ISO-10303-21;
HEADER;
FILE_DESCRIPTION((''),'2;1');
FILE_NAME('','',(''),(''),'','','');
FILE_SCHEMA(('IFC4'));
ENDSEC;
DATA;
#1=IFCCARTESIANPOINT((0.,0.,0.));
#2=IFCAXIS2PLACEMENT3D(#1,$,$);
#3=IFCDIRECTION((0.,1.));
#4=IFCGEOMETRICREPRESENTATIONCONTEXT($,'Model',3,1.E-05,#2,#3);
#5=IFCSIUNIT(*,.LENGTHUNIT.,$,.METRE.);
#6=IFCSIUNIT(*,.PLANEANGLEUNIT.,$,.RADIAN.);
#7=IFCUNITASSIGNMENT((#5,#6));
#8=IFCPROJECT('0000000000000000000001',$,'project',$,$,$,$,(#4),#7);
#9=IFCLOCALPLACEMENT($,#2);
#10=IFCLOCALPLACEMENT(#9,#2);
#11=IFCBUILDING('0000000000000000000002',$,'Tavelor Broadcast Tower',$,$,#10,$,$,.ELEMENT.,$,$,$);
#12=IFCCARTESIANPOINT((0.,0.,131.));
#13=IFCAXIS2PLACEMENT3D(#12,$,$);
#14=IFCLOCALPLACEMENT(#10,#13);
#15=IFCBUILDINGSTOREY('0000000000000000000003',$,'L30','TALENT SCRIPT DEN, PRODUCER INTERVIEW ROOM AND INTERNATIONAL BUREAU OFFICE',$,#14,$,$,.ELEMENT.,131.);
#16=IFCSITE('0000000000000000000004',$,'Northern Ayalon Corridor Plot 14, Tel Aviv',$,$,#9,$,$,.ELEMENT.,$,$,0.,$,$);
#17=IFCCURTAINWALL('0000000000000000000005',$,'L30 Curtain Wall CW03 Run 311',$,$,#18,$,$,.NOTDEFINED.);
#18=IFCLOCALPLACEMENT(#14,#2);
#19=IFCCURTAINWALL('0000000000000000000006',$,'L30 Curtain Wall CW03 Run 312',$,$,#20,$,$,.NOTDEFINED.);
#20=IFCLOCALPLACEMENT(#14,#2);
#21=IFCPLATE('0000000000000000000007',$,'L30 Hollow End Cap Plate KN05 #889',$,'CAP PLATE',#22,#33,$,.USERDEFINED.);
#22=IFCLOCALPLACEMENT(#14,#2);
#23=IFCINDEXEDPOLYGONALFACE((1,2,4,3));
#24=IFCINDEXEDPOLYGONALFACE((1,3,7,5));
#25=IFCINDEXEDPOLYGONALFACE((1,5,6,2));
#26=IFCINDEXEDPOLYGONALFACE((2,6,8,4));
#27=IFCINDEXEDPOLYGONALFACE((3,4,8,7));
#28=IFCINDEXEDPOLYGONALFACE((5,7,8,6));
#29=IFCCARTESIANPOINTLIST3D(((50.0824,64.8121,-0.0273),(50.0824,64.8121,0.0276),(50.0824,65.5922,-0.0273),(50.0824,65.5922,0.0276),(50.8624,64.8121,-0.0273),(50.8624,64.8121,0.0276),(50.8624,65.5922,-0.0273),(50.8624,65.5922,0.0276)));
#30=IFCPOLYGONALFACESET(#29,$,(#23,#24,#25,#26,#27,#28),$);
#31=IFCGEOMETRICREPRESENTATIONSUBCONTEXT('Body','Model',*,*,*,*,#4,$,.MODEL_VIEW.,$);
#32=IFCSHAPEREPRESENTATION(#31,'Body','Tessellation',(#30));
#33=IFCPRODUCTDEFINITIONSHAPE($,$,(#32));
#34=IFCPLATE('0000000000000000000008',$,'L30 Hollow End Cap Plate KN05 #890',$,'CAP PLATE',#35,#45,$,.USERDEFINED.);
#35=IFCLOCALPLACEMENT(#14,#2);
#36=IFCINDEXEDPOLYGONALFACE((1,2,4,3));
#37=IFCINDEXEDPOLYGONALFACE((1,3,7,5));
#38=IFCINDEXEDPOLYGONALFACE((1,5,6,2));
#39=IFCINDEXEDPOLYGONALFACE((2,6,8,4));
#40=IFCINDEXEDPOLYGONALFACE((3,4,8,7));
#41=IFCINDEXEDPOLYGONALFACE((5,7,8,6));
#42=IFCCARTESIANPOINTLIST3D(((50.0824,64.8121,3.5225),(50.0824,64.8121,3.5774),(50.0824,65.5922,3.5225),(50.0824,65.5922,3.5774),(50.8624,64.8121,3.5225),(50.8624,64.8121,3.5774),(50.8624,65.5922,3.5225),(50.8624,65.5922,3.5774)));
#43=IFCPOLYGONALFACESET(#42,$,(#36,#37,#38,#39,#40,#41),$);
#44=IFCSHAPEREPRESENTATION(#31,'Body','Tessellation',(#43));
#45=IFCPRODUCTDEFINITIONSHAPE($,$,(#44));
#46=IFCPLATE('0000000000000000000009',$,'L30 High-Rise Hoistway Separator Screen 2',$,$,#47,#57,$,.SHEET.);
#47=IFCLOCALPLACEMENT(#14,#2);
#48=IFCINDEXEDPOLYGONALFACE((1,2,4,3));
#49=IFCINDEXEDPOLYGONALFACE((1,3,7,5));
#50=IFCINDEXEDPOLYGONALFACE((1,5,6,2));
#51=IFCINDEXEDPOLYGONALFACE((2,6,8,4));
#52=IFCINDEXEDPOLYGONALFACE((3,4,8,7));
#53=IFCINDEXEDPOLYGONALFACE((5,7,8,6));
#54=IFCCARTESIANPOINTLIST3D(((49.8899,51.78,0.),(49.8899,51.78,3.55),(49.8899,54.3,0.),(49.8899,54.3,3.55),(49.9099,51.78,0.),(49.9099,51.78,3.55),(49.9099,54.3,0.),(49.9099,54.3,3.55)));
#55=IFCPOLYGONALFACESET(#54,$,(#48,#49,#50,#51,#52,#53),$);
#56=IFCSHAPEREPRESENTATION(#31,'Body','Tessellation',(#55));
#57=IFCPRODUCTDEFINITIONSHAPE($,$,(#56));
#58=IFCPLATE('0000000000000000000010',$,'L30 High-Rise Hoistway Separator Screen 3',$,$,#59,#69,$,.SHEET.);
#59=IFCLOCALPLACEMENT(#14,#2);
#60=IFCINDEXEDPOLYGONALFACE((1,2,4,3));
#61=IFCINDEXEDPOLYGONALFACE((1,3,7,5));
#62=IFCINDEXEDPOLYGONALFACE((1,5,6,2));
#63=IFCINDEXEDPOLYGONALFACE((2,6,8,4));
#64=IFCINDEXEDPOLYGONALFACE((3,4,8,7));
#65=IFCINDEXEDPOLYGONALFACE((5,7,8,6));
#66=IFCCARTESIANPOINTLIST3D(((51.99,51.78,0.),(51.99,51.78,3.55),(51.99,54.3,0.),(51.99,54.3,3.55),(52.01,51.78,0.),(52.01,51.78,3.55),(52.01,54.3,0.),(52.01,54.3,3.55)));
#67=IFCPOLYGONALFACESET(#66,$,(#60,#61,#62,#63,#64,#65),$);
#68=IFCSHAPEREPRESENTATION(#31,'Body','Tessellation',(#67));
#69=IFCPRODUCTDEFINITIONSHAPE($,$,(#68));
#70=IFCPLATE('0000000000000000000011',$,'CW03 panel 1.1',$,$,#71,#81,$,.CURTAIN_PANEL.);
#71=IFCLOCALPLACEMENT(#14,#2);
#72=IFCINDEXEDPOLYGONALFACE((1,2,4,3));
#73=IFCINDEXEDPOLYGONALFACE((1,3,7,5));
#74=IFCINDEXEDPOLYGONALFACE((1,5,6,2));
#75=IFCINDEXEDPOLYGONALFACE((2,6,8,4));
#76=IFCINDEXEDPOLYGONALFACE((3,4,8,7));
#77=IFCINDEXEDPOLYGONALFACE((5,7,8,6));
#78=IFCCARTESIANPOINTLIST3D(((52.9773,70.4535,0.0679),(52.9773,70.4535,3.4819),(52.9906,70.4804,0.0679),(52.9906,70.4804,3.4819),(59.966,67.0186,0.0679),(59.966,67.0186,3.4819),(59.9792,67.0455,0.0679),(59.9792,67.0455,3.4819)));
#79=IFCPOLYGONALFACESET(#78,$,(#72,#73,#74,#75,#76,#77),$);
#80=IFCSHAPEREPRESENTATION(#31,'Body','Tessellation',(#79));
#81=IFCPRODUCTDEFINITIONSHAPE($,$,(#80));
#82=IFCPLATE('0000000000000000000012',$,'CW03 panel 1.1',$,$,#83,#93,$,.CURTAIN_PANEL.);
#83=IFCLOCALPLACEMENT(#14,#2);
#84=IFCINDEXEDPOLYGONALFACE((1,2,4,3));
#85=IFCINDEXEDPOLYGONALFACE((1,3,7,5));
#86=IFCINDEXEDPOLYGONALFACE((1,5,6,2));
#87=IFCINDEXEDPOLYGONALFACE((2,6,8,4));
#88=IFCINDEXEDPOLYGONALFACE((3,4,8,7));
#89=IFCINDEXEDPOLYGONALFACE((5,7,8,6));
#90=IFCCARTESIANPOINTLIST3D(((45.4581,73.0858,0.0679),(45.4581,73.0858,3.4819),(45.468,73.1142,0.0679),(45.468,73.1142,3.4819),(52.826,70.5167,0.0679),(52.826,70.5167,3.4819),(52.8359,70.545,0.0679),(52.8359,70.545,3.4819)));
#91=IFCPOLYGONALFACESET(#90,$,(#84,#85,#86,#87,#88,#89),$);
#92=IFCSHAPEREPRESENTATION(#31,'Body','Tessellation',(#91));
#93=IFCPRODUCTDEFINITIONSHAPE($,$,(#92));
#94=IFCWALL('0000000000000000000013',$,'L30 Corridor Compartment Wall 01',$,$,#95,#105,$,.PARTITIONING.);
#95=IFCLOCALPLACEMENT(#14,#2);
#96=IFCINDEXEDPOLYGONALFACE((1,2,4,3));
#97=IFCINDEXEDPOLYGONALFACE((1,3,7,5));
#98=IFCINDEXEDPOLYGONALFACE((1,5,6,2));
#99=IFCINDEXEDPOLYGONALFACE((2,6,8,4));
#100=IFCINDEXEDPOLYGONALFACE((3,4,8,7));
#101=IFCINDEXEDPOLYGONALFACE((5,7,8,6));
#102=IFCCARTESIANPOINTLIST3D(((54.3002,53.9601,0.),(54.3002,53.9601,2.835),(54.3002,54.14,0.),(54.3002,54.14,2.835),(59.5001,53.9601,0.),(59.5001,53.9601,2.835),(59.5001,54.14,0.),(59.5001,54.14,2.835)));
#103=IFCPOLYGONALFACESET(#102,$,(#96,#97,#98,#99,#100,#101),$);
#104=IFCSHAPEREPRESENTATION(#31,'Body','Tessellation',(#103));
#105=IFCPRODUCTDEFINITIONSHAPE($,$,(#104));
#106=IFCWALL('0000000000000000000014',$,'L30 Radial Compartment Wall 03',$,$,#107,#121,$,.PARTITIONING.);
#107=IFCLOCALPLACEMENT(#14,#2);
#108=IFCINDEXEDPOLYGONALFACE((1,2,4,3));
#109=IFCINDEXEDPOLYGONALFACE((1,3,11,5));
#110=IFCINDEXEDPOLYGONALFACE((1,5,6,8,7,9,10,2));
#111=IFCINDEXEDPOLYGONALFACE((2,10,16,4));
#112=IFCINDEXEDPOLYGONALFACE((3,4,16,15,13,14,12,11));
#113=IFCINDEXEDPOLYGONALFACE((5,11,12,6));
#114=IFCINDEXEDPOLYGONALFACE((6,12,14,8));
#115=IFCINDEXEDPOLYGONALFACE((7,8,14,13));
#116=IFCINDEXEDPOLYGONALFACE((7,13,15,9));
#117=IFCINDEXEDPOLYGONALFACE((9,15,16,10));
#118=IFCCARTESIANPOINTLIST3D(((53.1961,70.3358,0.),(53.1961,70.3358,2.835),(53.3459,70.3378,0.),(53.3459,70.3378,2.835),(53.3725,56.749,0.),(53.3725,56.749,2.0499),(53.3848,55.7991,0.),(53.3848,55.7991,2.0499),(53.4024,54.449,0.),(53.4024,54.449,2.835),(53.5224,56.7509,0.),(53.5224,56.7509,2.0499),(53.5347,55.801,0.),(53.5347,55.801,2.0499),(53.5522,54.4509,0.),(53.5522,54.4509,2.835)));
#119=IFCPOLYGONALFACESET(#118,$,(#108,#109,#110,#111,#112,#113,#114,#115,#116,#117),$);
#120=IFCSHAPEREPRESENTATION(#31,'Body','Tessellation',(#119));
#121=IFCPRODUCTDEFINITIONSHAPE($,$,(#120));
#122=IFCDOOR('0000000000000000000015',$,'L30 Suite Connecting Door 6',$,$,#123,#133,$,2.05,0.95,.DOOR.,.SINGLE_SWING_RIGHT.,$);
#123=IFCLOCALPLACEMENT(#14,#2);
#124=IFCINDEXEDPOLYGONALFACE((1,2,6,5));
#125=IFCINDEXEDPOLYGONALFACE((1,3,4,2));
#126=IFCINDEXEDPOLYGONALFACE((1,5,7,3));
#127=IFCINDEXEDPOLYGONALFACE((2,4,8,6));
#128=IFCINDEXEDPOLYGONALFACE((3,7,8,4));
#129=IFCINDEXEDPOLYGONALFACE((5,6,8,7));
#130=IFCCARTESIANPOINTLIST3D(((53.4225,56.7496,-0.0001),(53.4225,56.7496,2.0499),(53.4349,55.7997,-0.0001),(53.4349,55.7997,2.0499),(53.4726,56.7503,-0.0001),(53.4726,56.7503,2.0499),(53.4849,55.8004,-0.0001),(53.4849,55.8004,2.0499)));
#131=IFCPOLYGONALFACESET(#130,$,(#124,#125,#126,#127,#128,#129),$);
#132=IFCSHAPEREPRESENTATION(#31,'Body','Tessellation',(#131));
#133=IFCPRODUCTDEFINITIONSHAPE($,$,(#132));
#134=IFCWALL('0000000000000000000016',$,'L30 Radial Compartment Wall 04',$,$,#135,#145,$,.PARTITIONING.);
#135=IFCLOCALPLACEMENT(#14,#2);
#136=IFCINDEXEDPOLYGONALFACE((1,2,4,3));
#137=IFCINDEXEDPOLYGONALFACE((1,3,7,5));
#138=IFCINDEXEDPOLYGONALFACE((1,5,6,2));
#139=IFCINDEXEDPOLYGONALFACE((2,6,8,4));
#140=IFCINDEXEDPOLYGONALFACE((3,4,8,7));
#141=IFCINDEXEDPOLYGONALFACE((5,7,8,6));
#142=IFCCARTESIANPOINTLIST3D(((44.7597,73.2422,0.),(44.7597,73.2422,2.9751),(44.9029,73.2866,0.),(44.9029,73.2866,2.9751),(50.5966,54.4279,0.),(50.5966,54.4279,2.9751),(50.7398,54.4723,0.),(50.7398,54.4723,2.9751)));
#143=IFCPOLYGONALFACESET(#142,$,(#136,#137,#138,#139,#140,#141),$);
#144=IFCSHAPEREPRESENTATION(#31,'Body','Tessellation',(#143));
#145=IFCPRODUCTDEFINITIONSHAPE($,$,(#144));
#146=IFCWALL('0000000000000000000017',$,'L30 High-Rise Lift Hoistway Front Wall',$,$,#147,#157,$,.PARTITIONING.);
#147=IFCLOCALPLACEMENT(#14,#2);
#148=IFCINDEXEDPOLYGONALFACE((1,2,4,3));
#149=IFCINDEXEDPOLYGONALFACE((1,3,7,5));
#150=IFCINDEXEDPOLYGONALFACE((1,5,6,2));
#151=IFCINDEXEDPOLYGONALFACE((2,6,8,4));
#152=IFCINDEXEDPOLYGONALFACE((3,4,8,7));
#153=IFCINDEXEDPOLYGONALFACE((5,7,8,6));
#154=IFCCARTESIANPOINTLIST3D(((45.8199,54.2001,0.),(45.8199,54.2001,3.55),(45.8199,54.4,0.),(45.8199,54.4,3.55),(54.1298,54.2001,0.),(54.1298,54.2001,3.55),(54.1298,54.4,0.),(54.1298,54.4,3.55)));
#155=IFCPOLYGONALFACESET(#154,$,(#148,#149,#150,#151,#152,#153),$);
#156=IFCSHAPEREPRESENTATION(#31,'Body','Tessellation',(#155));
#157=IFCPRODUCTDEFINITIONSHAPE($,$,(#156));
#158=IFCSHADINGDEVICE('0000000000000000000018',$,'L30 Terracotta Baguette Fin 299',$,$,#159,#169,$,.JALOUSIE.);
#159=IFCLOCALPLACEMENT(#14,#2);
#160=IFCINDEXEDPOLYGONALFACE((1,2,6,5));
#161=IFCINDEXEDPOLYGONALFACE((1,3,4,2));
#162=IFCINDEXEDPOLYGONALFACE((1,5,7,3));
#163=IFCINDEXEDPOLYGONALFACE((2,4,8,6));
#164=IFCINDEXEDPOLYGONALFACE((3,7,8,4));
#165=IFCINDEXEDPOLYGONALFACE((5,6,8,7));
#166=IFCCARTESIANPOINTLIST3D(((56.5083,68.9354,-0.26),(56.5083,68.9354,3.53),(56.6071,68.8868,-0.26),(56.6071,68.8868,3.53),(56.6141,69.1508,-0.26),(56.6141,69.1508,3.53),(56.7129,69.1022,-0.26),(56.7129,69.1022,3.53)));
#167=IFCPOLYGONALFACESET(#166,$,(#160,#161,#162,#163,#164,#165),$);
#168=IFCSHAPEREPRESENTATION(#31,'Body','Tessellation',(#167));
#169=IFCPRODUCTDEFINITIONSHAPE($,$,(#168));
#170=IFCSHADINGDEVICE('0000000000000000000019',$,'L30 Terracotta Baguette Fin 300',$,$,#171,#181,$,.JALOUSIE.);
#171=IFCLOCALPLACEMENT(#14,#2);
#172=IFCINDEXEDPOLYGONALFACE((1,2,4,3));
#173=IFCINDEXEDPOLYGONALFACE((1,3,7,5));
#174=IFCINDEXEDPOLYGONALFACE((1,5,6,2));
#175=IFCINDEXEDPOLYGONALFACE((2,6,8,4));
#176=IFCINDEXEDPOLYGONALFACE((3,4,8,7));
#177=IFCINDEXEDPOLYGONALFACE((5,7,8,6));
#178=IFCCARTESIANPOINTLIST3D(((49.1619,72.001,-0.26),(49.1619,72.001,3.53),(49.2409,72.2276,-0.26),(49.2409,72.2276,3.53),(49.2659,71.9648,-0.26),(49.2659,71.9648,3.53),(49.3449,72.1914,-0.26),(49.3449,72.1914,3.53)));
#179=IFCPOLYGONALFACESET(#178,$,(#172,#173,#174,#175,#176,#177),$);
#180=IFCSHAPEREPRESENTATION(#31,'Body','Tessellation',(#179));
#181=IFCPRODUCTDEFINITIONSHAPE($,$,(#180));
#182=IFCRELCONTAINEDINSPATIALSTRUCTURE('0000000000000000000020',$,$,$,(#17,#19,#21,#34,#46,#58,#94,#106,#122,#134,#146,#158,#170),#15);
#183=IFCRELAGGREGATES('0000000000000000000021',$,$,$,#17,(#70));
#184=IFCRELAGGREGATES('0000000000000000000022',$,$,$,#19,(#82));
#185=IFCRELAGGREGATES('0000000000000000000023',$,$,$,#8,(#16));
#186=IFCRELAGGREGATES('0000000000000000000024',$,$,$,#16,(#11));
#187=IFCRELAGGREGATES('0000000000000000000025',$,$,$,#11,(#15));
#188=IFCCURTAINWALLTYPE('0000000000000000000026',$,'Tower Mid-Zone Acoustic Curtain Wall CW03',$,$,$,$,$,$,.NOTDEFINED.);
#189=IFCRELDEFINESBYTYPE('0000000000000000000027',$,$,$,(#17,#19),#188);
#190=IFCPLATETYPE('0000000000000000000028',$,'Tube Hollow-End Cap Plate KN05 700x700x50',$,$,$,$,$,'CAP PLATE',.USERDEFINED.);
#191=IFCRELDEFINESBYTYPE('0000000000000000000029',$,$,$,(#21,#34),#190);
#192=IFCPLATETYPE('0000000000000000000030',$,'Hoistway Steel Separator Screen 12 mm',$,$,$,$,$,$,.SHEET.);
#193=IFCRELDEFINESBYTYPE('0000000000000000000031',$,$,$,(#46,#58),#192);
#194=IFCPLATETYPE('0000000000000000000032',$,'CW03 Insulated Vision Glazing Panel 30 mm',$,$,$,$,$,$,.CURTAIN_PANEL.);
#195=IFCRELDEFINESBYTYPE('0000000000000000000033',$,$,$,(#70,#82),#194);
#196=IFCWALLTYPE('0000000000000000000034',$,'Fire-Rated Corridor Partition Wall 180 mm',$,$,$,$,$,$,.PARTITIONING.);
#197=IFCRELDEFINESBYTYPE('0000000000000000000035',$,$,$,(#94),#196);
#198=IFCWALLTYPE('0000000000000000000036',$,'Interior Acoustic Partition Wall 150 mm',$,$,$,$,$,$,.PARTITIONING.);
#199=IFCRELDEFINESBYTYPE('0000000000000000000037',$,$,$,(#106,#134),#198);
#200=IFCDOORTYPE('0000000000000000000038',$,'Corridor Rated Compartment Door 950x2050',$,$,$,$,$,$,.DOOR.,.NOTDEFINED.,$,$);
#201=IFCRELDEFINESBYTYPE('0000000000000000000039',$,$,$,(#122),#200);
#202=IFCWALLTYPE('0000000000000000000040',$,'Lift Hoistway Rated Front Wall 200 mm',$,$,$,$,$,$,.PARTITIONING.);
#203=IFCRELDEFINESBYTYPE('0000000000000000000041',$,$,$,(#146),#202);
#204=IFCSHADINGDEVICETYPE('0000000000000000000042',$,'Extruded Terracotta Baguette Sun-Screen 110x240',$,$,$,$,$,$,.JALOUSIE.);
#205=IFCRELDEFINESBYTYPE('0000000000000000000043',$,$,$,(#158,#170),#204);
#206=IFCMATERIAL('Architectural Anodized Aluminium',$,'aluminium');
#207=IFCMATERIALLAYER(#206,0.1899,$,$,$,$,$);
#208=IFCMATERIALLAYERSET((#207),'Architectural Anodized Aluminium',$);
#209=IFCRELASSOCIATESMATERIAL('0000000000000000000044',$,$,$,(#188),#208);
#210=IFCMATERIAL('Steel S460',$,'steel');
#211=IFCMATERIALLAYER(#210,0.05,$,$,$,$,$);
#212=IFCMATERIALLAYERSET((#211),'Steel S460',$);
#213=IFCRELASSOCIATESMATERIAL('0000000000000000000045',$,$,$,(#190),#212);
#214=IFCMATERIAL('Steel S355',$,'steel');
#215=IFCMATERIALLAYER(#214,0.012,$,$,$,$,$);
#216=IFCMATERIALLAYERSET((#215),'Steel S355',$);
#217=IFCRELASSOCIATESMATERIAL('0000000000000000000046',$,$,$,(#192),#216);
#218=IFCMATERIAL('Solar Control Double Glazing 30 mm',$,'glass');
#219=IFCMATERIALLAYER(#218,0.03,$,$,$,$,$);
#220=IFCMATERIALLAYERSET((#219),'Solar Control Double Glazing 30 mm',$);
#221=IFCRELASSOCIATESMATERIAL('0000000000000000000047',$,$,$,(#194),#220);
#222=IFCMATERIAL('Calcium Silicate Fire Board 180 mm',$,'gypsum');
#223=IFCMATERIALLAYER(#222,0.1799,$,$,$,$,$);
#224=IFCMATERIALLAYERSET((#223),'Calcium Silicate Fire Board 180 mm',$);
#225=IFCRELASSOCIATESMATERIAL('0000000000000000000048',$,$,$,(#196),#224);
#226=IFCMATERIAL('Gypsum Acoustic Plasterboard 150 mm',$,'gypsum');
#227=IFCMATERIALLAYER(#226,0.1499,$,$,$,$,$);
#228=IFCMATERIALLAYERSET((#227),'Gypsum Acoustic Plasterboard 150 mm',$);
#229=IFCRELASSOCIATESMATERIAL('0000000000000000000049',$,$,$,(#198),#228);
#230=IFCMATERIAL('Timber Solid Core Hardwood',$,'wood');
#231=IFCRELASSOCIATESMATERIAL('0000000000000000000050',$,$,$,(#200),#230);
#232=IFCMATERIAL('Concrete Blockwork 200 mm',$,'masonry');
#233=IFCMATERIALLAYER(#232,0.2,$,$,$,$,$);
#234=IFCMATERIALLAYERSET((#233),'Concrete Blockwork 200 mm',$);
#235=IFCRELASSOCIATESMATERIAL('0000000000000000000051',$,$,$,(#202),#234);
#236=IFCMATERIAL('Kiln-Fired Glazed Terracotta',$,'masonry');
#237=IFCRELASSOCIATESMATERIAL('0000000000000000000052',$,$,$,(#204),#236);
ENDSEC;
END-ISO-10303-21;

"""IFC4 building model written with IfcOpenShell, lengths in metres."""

from ifc_helpers import new_model, si_unit, direction, frame, frame_2d, origin, origin_2d, place, context, subcontext, project, spatial, rectangle, extrude, source, transform, mapped, material, layer, layer_set, type_object, type_shapes, element, fill, aggregate, save


model = new_model("IFC4")

# Units and contexts
model_context = context("Model", 3, precision=1e-05, world=origin(), true_north=direction((0.0, 1.0)))
body_context = subcontext(model_context, "Body", "Model", "MODEL_VIEW")
ifc_project = project(units=[si_unit("LENGTHUNIT", "METRE"), si_unit("PLANEANGLEUNIT", "RADIAN")], contexts=[model_context])

# Site, building, storey
site_placement = place(None, origin())
site = spatial("IfcSite", under=ifc_project, at=site_placement, Name="Northern Ayalon Corridor Plot 14, Tel Aviv", CompositionType="ELEMENT", RefElevation=0.0)
building_placement = place(site_placement, origin())
building = spatial("IfcBuilding", under=site, at=building_placement, Name="Tavelor Broadcast Tower", CompositionType="ELEMENT")
storey_placement = place(building_placement, frame((0.0, 0.0, 131.0)))
storey = spatial("IfcBuildingStorey", under=building, at=storey_placement, Name="L30", Description="TALENT SCRIPT DEN, PRODUCER INTERVIEW ROOM AND INTERNATIONAL BUREAU OFFICE", CompositionType="ELEMENT", Elevation=131.0)

# Shared definitions
ifc_material_1 = material(Name="Steel S460", Category="steel")

# Shared definitions
ifc_material_2 = material(Name="Steel S355", Category="steel")

# Curtain wall
ifc_material_3 = material(Name="Architectural Anodized Aluminium", Category="aluminium")
ifc_layer_1 = layer(ifc_material_3, 0.1899)
ifc_layer_set_1 = layer_set([ifc_layer_1], Name="Architectural Anodized Aluminium")
curtain_wall_type = type_object("IfcCurtainWallType", Name="Tower Mid-Zone Acoustic Curtain Wall CW03", PredefinedType="NOTDEFINED", material=ifc_layer_set_1)
curtain_wall_1_placement = place(storey_placement, origin())
curtain_wall_1 = element("IfcCurtainWall", 1, at=curtain_wall_1_placement, inside=storey, type_object=curtain_wall_type, Name="L30 Curtain Wall CW03 Run 311", PredefinedType="NOTDEFINED")

# Curtain wall
curtain_wall_2_placement = place(storey_placement, origin())
curtain_wall_2 = element("IfcCurtainWall", 2, at=curtain_wall_2_placement, inside=storey, type_object=curtain_wall_type, Name="L30 Curtain Wall CW03 Run 312", PredefinedType="NOTDEFINED")

# Plates
ifc_layer_2 = layer(ifc_material_1, 0.05)
ifc_layer_set_2 = layer_set([ifc_layer_2], Name="Steel S460")
plate_type_1 = type_object("IfcPlateType", Name="Tube Hollow-End Cap Plate KN05 700x700x50", ElementType="CAP PLATE", PredefinedType="USERDEFINED", material=ifc_layer_set_2)
shared_shape_1 = source(origin(), body_context, "Body", "SweptSolid", [
    extrude(rectangle(XDim=0.78, YDim=0.78, at=origin_2d()), origin(), (0.0, 0.0, 1.0), 0.0549),
])
type_shapes(plate_type_1, [shared_shape_1])
for number, where, z_axis, x_axis, name in (
    (3, (50.4724, 65.2021, -0.0273), (0.0, 0.0, 1.0), (1.0, 0.0, 0.0), "L30 Hollow End Cap Plate KN05 #889"),
    (4, (50.4724, 65.2021, 3.5225), (0.0, 0.0, 1.0), (1.0, 0.0, 0.0), "L30 Hollow End Cap Plate KN05 #890"),
):
    element("IfcPlate", number, at=place(storey_placement, frame(where, z_axis=z_axis, x_axis=x_axis)), inside=storey, type_object=plate_type_1, Name=name, ObjectType="CAP PLATE", PredefinedType="USERDEFINED", context=body_context, shape_type="MappedRepresentation", body=[
        mapped(shared_shape_1, transform((0.0, 0.0, 0.0), scale=1.0)),
    ])
ifc_layer_3 = layer(ifc_material_2, 0.012)
ifc_layer_set_3 = layer_set([ifc_layer_3], Name="Steel S355")
plate_type_2 = type_object("IfcPlateType", Name="Hoistway Steel Separator Screen 12 mm", PredefinedType="SHEET", material=ifc_layer_set_3)
shared_shape_2 = source(origin(), body_context, "Body", "SweptSolid", [
    extrude(rectangle(XDim=0.02, YDim=2.52, at=origin_2d()), origin(), (0.0, 0.0, 1.0), 3.55),
])
type_shapes(plate_type_2, [shared_shape_2])
for number, where, z_axis, x_axis, name in (
    (5, (49.8999, 53.04, 0.0), (0.0, 0.0, 1.0), (1.0, 0.0, 0.0), "L30 High-Rise Hoistway Separator Screen 2"),
    (6, (52.0, 53.04, 0.0), (0.0, 0.0, 1.0), (1.0, 0.0, 0.0), "L30 High-Rise Hoistway Separator Screen 3"),
):
    element("IfcPlate", number, at=place(storey_placement, frame(where, z_axis=z_axis, x_axis=x_axis)), inside=storey, type_object=plate_type_2, Name=name, PredefinedType="SHEET", context=body_context, shape_type="MappedRepresentation", body=[
        mapped(shared_shape_2, transform((0.0, 0.0, 0.0), scale=1.0)),
    ])

# Plates
ifc_material_4 = material(Name="Solar Control Double Glazing 30 mm", Category="glass")
ifc_layer_4 = layer(ifc_material_4, 0.03)
ifc_layer_set_4 = layer_set([ifc_layer_4], Name="Solar Control Double Glazing 30 mm")
plate_type_3 = type_object("IfcPlateType", Name="CW03 Insulated Vision Glazing Panel 30 mm", PredefinedType="CURTAIN_PANEL", material=ifc_layer_set_4)
shared_shape_3 = source(origin(), body_context, "Body", "SweptSolid", [
    extrude(rectangle(XDim=7.7871, YDim=0.03, at=origin_2d()), origin(), (0.0, 0.0, 1.0), 3.4141),
])
plate_1_placement = place(storey_placement, frame((56.4783, 68.7495, 0.0679), z_axis=(0.0, 0.0, 1.0), x_axis=(-0.897458, 0.4411, 0.0)))
plate_1 = element("IfcPlate", 7, at=plate_1_placement, type_object=plate_type_3, Name="CW03 panel 1.1", PredefinedType="CURTAIN_PANEL", context=body_context, shape_type="MappedRepresentation", body=[
    mapped(shared_shape_3, transform((0.0, 0.0, 0.0), scale=1.0)),
])
aggregate(curtain_wall_1, [plate_1])
shared_shape_4 = source(origin(), body_context, "Body", "SweptSolid", [
    extrude(rectangle(XDim=7.803, YDim=0.03, at=origin_2d()), origin(), (0.0, 0.0, 1.0), 3.4141),
])
type_shapes(plate_type_3, [shared_shape_3, shared_shape_4])
plate_2_placement = place(storey_placement, frame((49.147, 71.8154, 0.0679), z_axis=(0.0, 0.0, 1.0), x_axis=(-0.94424, 0.329257, 0.0)))
plate_2 = element("IfcPlate", 8, at=plate_2_placement, type_object=plate_type_3, Name="CW03 panel 1.1", PredefinedType="CURTAIN_PANEL", context=body_context, shape_type="MappedRepresentation", body=[
    mapped(shared_shape_4, transform((0.0, 0.0, 0.0), scale=1.0)),
])
aggregate(curtain_wall_2, [plate_2])

# Wall
ifc_material_5 = material(Name="Calcium Silicate Fire Board 180 mm", Category="gypsum")
ifc_layer_5 = layer(ifc_material_5, 0.1799)
ifc_layer_set_5 = layer_set([ifc_layer_5], Name="Calcium Silicate Fire Board 180 mm")
wall_type_1 = type_object("IfcWallType", Name="Fire-Rated Corridor Partition Wall 180 mm", PredefinedType="PARTITIONING", material=ifc_layer_set_5)
wall_1_placement = place(storey_placement, frame((54.3, 54.05, 0.0), z_axis=(0.0, 0.0, 1.0), x_axis=(1.0, 0.0, 0.0)))
element("IfcWall", 9, at=wall_1_placement, inside=storey, type_object=wall_type_1, Name="L30 Corridor Compartment Wall 01", PredefinedType="PARTITIONING", context=body_context, shape_type="SweptSolid", body=[
    extrude(rectangle(XDim=5.2, YDim=0.1799, at=frame_2d((2.6001, 0.0))), origin(), (0.0, 0.0, 1.0), 2.835),
])

# Wall, opening, door
ifc_material_6 = material(Name="Gypsum Acoustic Plasterboard 150 mm", Category="gypsum")
ifc_layer_6 = layer(ifc_material_6, 0.1499)
ifc_layer_set_6 = layer_set([ifc_layer_6], Name="Gypsum Acoustic Plasterboard 150 mm")
wall_type_2 = type_object("IfcWallType", Name="Interior Acoustic Partition Wall 150 mm", PredefinedType="PARTITIONING", material=ifc_layer_set_6)
wall_2_placement = place(storey_placement, frame((53.4773, 54.45, 0.0), z_axis=(0.0, 0.0, 1.0), x_axis=(-0.012984, 0.999916, 0.0)))
wall_2 = element("IfcWall", 10, at=wall_2_placement, inside=storey, type_object=wall_type_2, Name="L30 Radial Compartment Wall 03", PredefinedType="PARTITIONING", context=body_context, shape_type="SweptSolid", body=[
    extrude(rectangle(XDim=15.8882, YDim=0.1499, at=frame_2d((7.9441, 0.0))), origin(), (0.0, 0.0, 1.0), 2.835),
])
opening_placement = place(wall_2_placement, frame((1.3501, 0.0, 0.0)))
opening = element("IfcOpeningElement", 11, at=opening_placement, cuts=wall_2, PredefinedType="OPENING", context=body_context, shape_type="SweptSolid", body=[
    extrude(rectangle(XDim=0.95, YDim=2.05, at=frame_2d((0.4751, 1.0249))), frame((0.0, 0.085, 0.0), z_axis=(0.0, -1.0, 0.0), x_axis=(1.0, 0.0, 0.0)), (0.0, 0.0, 1.0), 0.1699),
])
ifc_material_7 = material(Name="Timber Solid Core Hardwood", Category="wood")
door_type = type_object("IfcDoorType", Name="Corridor Rated Compartment Door 950x2050", OperationType="NOTDEFINED", PredefinedType="DOOR", material=ifc_material_7)
door_placement = place(opening_placement, origin())
door = element("IfcDoor", 12, at=door_placement, inside=storey, type_object=door_type, Name="L30 Suite Connecting Door 6", OperationType="SINGLE_SWING_RIGHT", OverallHeight=2.05, OverallWidth=0.95, PredefinedType="DOOR", context=body_context, shape_type="SweptSolid", body=[
    extrude(rectangle(XDim=0.95, YDim=2.05, at=frame_2d((0.4751, 1.0249))), frame((0.0, 0.0249, 0.0), z_axis=(0.0, -1.0, 0.0), x_axis=(1.0, 0.0, 0.0)), (0.0, 0.0, 1.0), 0.05),
])
fill(opening, door)

# Walls
wall_3_placement = place(storey_placement, frame((50.6682, 54.45, 0.0), z_axis=(0.0, 0.0, 1.0), x_axis=(-0.296304, 0.955094, 0.0)))
element("IfcWall", 13, at=wall_3_placement, inside=storey, type_object=wall_type_2, Name="L30 Radial Compartment Wall 04", PredefinedType="PARTITIONING", context=body_context, shape_type="SweptSolid", body=[
    extrude(rectangle(XDim=19.699, YDim=0.1499, at=frame_2d((9.8496, 0.0))), origin(), (0.0, 0.0, 1.0), 2.9751),
])
ifc_material_8 = material(Name="Concrete Blockwork 200 mm", Category="masonry")
ifc_layer_7 = layer(ifc_material_8, 0.2)
ifc_layer_set_7 = layer_set([ifc_layer_7], Name="Concrete Blockwork 200 mm")
wall_type_3 = type_object("IfcWallType", Name="Lift Hoistway Rated Front Wall 200 mm", PredefinedType="PARTITIONING", material=ifc_layer_set_7)
wall_4_placement = place(storey_placement, frame((45.8201, 54.3, 0.0), z_axis=(0.0, 0.0, 1.0), x_axis=(1.0, 0.0, 0.0)))
element("IfcWall", 14, at=wall_4_placement, inside=storey, type_object=wall_type_3, Name="L30 High-Rise Lift Hoistway Front Wall", PredefinedType="PARTITIONING", context=body_context, shape_type="SweptSolid", body=[
    extrude(rectangle(XDim=8.3098, YDim=0.2, at=frame_2d((4.1548, 0.0))), origin(), (0.0, 0.0, 1.0), 3.55),
])

# Shading devices
ifc_material_9 = material(Name="Kiln-Fired Glazed Terracotta", Category="masonry")
shading_device_type = type_object("IfcShadingDeviceType", Name="Extruded Terracotta Baguette Sun-Screen 110x240", PredefinedType="JALOUSIE", material=ifc_material_9)
shared_shape_5 = source(origin(), body_context, "Body", "SweptSolid", [
    extrude(rectangle(XDim=0.1101, YDim=0.24, at=origin_2d()), origin(), (0.0, 0.0, 1.0), 3.79),
])
type_shapes(shading_device_type, [shared_shape_5])
for number, where, z_axis, x_axis, name in (
    (15, (56.6106, 69.0188, -0.26), (0.0, 0.0, 1.0), (-0.897489, 0.441036, 0.0), "L30 Terracotta Baguette Fin 299"),
    (16, (49.2534, 72.0962, -0.26), (0.0, 0.0, 1.0), (-0.944262, 0.329196, 0.0), "L30 Terracotta Baguette Fin 300"),
):
    element("IfcShadingDevice", number, at=place(storey_placement, frame(where, z_axis=z_axis, x_axis=x_axis)), inside=storey, type_object=shading_device_type, Name=name, PredefinedType="JALOUSIE", context=body_context, shape_type="MappedRepresentation", body=[
        mapped(shared_shape_5, transform((0.0, 0.0, 0.0), scale=1.0)),
    ])

save(model, "model.ifc")
